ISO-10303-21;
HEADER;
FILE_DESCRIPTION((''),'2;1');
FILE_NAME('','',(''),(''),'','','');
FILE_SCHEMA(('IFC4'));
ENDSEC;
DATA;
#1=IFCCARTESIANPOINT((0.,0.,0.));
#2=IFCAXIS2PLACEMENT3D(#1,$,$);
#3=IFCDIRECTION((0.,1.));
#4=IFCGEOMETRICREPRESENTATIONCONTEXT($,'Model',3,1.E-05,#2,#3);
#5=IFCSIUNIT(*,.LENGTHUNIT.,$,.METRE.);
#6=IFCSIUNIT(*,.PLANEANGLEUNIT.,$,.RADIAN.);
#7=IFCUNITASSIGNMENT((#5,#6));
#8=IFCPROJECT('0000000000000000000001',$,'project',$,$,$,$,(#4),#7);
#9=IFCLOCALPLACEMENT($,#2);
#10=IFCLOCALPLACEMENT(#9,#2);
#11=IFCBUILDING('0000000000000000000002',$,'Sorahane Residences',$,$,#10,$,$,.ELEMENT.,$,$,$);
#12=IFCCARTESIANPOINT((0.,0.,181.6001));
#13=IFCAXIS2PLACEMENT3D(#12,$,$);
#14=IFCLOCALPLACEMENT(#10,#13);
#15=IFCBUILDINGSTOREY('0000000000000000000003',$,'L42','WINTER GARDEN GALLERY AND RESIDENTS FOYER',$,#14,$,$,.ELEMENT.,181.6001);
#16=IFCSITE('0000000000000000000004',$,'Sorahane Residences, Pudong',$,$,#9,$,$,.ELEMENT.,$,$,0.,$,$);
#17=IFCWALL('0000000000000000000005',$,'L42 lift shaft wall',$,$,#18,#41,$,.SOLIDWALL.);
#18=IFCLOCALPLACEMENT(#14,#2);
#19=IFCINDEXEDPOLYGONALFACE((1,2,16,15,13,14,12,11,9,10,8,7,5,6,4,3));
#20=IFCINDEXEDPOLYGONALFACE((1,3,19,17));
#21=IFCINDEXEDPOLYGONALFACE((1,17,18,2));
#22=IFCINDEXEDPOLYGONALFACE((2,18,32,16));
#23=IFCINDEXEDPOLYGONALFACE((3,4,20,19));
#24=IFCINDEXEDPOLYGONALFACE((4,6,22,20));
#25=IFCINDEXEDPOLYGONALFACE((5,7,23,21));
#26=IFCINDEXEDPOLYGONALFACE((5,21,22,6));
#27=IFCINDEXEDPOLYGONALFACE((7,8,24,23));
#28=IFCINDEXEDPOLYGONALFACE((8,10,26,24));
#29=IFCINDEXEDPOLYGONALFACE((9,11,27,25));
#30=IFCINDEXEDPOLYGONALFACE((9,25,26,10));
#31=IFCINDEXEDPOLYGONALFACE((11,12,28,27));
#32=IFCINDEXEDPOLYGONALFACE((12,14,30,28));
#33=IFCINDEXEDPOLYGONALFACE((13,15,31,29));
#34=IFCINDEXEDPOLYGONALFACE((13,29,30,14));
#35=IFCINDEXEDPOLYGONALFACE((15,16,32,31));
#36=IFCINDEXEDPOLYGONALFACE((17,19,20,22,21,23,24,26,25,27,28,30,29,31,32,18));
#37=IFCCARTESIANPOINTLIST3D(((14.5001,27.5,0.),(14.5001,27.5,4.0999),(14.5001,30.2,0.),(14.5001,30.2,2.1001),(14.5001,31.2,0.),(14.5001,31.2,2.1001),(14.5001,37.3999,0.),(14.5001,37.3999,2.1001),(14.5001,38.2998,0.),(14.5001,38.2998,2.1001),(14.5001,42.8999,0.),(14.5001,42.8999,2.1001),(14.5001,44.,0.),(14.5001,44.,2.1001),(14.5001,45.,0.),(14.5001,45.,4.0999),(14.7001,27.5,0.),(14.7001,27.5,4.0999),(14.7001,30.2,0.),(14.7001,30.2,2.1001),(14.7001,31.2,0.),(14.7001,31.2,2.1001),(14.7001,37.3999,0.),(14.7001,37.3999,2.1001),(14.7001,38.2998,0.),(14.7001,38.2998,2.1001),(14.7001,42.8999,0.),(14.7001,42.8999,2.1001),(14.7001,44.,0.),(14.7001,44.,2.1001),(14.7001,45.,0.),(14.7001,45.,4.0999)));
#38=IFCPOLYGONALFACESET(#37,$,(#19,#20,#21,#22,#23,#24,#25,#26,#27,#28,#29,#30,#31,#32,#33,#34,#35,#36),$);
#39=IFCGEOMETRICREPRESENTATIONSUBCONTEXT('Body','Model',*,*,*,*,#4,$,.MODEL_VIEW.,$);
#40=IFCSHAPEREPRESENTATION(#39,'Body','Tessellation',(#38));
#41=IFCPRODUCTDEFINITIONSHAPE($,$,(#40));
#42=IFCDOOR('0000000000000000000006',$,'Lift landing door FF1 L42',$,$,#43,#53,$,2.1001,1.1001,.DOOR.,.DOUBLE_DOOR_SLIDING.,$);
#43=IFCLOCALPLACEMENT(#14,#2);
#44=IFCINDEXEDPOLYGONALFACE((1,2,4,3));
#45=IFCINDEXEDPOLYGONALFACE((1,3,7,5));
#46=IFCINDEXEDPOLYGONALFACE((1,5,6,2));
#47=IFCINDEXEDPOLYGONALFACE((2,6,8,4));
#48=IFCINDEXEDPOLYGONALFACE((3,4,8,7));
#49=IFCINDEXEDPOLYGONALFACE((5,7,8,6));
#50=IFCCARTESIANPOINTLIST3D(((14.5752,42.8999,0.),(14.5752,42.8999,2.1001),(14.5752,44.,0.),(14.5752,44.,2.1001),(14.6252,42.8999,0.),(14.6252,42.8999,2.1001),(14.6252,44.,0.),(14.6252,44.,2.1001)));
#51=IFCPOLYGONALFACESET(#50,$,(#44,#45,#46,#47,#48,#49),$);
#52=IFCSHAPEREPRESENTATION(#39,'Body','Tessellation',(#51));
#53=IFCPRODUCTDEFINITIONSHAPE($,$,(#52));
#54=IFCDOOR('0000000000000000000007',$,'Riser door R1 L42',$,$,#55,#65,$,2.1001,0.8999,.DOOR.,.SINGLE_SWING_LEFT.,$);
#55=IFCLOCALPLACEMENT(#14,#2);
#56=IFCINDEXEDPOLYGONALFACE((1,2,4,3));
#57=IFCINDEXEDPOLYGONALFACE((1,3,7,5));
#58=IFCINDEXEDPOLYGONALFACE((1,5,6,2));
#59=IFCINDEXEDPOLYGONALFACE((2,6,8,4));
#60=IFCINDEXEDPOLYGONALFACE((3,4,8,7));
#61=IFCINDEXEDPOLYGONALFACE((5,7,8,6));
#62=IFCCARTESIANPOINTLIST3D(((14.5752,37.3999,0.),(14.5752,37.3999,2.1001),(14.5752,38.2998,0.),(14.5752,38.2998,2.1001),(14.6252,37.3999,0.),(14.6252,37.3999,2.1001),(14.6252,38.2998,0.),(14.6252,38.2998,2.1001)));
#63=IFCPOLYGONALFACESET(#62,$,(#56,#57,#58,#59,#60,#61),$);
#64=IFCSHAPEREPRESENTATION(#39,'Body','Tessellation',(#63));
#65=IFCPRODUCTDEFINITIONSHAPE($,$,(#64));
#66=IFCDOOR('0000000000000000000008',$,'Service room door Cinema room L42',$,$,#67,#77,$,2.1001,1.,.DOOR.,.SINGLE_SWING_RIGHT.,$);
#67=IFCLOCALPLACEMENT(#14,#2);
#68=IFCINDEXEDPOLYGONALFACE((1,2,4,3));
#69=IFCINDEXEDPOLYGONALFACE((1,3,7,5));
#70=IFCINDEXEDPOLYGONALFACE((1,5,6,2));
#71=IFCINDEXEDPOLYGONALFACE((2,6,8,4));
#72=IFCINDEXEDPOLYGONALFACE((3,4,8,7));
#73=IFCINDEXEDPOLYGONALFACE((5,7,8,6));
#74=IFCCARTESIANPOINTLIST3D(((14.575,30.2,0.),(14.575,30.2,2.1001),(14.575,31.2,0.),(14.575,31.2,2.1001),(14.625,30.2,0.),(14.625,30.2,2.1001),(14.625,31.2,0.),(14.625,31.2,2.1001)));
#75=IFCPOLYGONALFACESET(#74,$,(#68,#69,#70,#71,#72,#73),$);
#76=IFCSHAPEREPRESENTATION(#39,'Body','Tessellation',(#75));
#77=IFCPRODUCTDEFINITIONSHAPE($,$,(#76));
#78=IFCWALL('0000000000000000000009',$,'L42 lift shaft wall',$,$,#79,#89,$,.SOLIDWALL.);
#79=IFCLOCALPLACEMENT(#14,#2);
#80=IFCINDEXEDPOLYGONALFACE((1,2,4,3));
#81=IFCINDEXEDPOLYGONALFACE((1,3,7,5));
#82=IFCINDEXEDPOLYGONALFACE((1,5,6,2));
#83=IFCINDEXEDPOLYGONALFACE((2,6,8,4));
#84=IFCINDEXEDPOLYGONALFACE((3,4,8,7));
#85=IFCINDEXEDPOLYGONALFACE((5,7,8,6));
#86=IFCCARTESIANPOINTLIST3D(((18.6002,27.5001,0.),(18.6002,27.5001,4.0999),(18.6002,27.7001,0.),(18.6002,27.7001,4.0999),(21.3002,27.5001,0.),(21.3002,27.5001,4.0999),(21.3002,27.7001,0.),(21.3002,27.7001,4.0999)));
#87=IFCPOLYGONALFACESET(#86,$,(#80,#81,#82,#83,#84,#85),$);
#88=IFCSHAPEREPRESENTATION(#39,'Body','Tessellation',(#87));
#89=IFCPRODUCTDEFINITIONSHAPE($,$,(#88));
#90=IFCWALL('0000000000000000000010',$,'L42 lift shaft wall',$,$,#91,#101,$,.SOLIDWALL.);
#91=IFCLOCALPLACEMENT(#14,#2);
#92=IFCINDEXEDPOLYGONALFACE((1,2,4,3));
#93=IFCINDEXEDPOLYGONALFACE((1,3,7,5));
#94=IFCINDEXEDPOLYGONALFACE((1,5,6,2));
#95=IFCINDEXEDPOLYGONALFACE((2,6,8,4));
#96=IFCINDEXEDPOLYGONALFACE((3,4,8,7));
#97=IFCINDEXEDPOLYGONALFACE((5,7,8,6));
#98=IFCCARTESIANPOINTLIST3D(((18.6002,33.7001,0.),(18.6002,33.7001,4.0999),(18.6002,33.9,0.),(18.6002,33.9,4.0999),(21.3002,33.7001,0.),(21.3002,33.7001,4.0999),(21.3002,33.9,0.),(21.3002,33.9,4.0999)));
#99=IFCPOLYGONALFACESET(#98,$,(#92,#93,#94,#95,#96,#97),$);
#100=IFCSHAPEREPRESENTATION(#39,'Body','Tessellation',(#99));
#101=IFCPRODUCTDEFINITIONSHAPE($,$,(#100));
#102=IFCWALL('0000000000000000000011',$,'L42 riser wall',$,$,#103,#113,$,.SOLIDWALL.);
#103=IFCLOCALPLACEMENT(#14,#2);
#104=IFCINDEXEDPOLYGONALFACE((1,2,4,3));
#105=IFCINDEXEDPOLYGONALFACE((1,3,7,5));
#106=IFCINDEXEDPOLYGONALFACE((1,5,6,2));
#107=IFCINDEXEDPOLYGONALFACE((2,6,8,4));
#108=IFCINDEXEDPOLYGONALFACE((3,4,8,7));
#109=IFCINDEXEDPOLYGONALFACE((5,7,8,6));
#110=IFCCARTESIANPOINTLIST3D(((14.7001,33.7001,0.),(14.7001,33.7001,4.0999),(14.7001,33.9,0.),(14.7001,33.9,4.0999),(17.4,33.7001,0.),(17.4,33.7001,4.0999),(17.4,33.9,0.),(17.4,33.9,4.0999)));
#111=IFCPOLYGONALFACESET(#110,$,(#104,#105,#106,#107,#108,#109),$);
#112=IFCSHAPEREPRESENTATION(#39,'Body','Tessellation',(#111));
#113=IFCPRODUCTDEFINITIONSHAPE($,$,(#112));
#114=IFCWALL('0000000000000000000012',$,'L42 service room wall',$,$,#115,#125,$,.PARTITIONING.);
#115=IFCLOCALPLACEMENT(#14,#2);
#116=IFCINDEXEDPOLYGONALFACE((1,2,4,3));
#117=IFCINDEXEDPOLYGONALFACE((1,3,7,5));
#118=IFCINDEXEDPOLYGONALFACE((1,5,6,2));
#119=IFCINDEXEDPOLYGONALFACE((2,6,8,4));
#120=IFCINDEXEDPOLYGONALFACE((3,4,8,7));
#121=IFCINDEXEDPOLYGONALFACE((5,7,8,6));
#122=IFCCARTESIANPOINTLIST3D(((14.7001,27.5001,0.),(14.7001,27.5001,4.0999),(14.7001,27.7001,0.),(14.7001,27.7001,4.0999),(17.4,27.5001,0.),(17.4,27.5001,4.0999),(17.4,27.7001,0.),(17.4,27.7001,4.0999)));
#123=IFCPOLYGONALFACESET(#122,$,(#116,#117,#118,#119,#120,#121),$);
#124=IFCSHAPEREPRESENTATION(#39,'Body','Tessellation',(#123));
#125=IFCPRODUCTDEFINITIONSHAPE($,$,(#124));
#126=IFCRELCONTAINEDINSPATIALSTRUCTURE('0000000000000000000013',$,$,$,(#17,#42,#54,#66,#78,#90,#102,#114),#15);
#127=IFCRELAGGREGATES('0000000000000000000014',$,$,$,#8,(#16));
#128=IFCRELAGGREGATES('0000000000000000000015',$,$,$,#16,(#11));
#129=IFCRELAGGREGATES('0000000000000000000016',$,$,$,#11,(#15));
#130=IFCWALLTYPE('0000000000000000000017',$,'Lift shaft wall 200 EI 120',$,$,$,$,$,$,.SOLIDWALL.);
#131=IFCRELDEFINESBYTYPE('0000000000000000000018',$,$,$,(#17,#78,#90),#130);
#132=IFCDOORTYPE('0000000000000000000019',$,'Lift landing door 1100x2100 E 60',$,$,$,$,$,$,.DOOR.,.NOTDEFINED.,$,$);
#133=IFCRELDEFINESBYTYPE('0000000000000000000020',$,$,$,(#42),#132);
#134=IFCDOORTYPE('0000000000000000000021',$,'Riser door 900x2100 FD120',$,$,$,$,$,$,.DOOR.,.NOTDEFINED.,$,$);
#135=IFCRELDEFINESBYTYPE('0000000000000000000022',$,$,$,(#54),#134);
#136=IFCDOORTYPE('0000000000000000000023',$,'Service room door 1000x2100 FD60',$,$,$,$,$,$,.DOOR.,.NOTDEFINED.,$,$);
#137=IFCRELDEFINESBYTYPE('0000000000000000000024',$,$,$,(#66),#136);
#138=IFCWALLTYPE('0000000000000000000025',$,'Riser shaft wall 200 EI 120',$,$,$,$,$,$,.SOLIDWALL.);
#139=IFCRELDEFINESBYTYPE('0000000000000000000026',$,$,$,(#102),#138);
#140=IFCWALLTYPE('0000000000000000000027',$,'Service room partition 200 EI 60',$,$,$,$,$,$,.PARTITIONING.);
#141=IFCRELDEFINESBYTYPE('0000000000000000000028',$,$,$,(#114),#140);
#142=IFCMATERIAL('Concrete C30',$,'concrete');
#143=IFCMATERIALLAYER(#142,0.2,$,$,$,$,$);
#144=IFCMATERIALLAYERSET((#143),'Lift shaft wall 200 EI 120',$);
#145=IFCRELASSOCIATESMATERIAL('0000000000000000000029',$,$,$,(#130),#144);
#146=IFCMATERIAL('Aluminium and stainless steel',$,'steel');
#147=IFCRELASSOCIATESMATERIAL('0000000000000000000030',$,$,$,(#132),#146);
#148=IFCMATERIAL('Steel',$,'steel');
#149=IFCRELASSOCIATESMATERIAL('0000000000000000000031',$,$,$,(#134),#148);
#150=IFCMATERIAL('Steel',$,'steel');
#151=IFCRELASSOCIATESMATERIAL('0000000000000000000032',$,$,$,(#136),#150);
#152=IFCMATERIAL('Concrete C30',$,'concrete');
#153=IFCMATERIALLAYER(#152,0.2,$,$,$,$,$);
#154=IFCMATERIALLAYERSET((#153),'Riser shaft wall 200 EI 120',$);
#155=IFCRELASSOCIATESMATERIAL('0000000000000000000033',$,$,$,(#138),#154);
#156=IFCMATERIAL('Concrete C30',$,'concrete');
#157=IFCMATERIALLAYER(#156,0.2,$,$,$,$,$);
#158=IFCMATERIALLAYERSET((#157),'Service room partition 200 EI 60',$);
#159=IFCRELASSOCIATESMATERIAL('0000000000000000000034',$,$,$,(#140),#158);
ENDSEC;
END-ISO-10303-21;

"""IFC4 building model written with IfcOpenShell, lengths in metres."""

from ifc_helpers import new_model, si_unit, direction, frame, frame_2d, origin, place, context, subcontext, project, spatial, rectangle, extrude, material, layer, layer_set, type_object, element, fill, save


model = new_model("IFC4")

# Units and contexts
model_context = context("Model", 3, precision=1e-05, world=origin(), true_north=direction((0.0, 1.0)))
body_context = subcontext(model_context, "Body", "Model", "MODEL_VIEW")
ifc_project = project(units=[si_unit("LENGTHUNIT", "METRE"), si_unit("PLANEANGLEUNIT", "RADIAN")], contexts=[model_context])

# Site, building, storey
site_placement = place(None, origin())
site = spatial("IfcSite", under=ifc_project, at=site_placement, Name="Sorahane Residences, Pudong", CompositionType="ELEMENT", RefElevation=0.0)
building_placement = place(site_placement, origin())
building = spatial("IfcBuilding", under=site, at=building_placement, Name="Sorahane Residences", CompositionType="ELEMENT")
storey_placement = place(building_placement, frame((0.0, 0.0, 181.6001)))
storey = spatial("IfcBuildingStorey", under=building, at=storey_placement, Name="L42", Description="WINTER GARDEN GALLERY AND RESIDENTS FOYER", CompositionType="ELEMENT", Elevation=181.6001)

# Wall, openings, doors
ifc_material_1 = material(Name="Concrete C30", Category="concrete")
ifc_layer_1 = layer(ifc_material_1, 0.2)
ifc_layer_set_1 = layer_set([ifc_layer_1], Name="Lift shaft wall 200 EI 120")
wall_type_1 = type_object("IfcWallType", Name="Lift shaft wall 200 EI 120", PredefinedType="SOLIDWALL", material=ifc_layer_set_1)
wall_1_placement = place(storey_placement, frame((14.6001, 27.5, 0.0), z_axis=(0.0, 0.0, 1.0), x_axis=(0.0, 1.0, 0.0)))
wall_1 = element("IfcWall", 1, at=wall_1_placement, inside=storey, type_object=wall_type_1, Name="L42 lift shaft wall", PredefinedType="SOLIDWALL", context=body_context, shape_type="SweptSolid", body=[
    extrude(rectangle(XDim=17.5, YDim=0.2, at=frame_2d((8.75, 0.0))), origin(), (0.0, 0.0, 1.0), 4.0999),
])
opening_1_placement = place(wall_1_placement, frame((15.3999, 0.0, 0.0)))
opening_1 = element("IfcOpeningElement", 2, at=opening_1_placement, cuts=wall_1, PredefinedType="OPENING", context=body_context, shape_type="SweptSolid", body=[
    extrude(rectangle(XDim=1.1001, YDim=2.1001, at=frame_2d((0.55, 1.05))), frame((0.0, 0.1099, 0.0), z_axis=(0.0, -1.0, 0.0), x_axis=(1.0, 0.0, 0.0)), (0.0, 0.0, 1.0), 0.22),
])
opening_2_placement = place(wall_1_placement, frame((2.7, 0.0, 0.0)))
opening_2 = element("IfcOpeningElement", 3, at=opening_2_placement, cuts=wall_1, PredefinedType="OPENING", context=body_context, shape_type="SweptSolid", body=[
    extrude(rectangle(XDim=1.0, YDim=2.1001, at=frame_2d((0.5, 1.05))), frame((0.0, 0.1099, 0.0), z_axis=(0.0, -1.0, 0.0), x_axis=(1.0, 0.0, 0.0)), (0.0, 0.0, 1.0), 0.22),
])
opening_3_placement = place(wall_1_placement, frame((9.8999, 0.0, 0.0)))
opening_3 = element("IfcOpeningElement", 4, at=opening_3_placement, cuts=wall_1, PredefinedType="OPENING", context=body_context, shape_type="SweptSolid", body=[
    extrude(rectangle(XDim=0.8999, YDim=2.1001, at=frame_2d((0.45, 1.05))), frame((0.0, 0.1099, 0.0), z_axis=(0.0, -1.0, 0.0), x_axis=(1.0, 0.0, 0.0)), (0.0, 0.0, 1.0), 0.22),
])
ifc_material_2 = material(Name="Aluminium and stainless steel", Category="steel")
door_type_1 = type_object("IfcDoorType", Name="Lift landing door 1100x2100 E 60", OperationType="NOTDEFINED", PredefinedType="DOOR", material=ifc_material_2)
door_1_placement = place(opening_1_placement, origin())
door_1 = element("IfcDoor", 5, at=door_1_placement, inside=storey, type_object=door_type_1, Name="Lift landing door FF1 L42", OperationType="DOUBLE_DOOR_SLIDING", OverallHeight=2.1001, OverallWidth=1.1001, PredefinedType="DOOR", context=body_context, shape_type="SweptSolid", body=[
    extrude(rectangle(XDim=1.1001, YDim=2.1001, at=frame_2d((0.55, 1.05))), frame((0.0, 0.0249, 0.0), z_axis=(0.0, -1.0, 0.0), x_axis=(1.0, 0.0, 0.0)), (0.0, 0.0, 1.0), 0.05),
])
fill(opening_1, door_1)
ifc_material_3 = material(Name="Steel", Category="steel")
door_type_2 = type_object("IfcDoorType", Name="Riser door 900x2100 FD120", OperationType="NOTDEFINED", PredefinedType="DOOR", material=ifc_material_3)
door_2_placement = place(opening_3_placement, origin())
door_2 = element("IfcDoor", 6, at=door_2_placement, inside=storey, type_object=door_type_2, Name="Riser door R1 L42", OperationType="SINGLE_SWING_LEFT", OverallHeight=2.1001, OverallWidth=0.8999, PredefinedType="DOOR", context=body_context, shape_type="SweptSolid", body=[
    extrude(rectangle(XDim=0.8999, YDim=2.1001, at=frame_2d((0.45, 1.05))), frame((0.0, 0.0249, 0.0), z_axis=(0.0, -1.0, 0.0), x_axis=(1.0, 0.0, 0.0)), (0.0, 0.0, 1.0), 0.05),
])
fill(opening_3, door_2)
ifc_material_4 = material(Name="Steel", Category="steel")
door_type_3 = type_object("IfcDoorType", Name="Service room door 1000x2100 FD60", OperationType="NOTDEFINED", PredefinedType="DOOR", material=ifc_material_4)
door_3_placement = place(opening_2_placement, frame((1.0, 0.0, 0.0), z_axis=(0.0, 0.0, 1.0), x_axis=(-1.0, 0.0, 0.0)))
door_3 = element("IfcDoor", 7, at=door_3_placement, inside=storey, type_object=door_type_3, Name="Service room door Cinema room L42", OperationType="SINGLE_SWING_RIGHT", OverallHeight=2.1001, OverallWidth=1.0, PredefinedType="DOOR", context=body_context, shape_type="SweptSolid", body=[
    extrude(rectangle(XDim=1.0, YDim=2.1001, at=frame_2d((0.5, 1.05))), frame((0.0, 0.0249, 0.0), z_axis=(0.0, -1.0, 0.0), x_axis=(1.0, 0.0, 0.0)), (0.0, 0.0, 1.0), 0.05),
])
fill(opening_2, door_3)

# Walls
for number, where, z_axis, x_axis, name in (
    (8, (18.6001, 27.6001, 0.0), (0.0, 0.0, 1.0), (1.0, 0.0, 0.0), "L42 lift shaft wall"),
    (9, (18.6001, 33.8, 0.0), (0.0, 0.0, 1.0), (1.0, 0.0, 0.0), "L42 lift shaft wall"),
):
    element("IfcWall", number, at=place(storey_placement, frame(where, z_axis=z_axis, x_axis=x_axis)), inside=storey, type_object=wall_type_1, Name=name, PredefinedType="SOLIDWALL", context=body_context, shape_type="SweptSolid", body=[
        extrude(rectangle(XDim=2.7, YDim=0.2, at=frame_2d((1.3501, 0.0))), origin(), (0.0, 0.0, 1.0), 4.0999),
    ])
ifc_material_5 = material(Name="Concrete C30", Category="concrete")
ifc_layer_2 = layer(ifc_material_5, 0.2)
ifc_layer_set_2 = layer_set([ifc_layer_2], Name="Riser shaft wall 200 EI 120")
wall_type_2 = type_object("IfcWallType", Name="Riser shaft wall 200 EI 120", PredefinedType="SOLIDWALL", material=ifc_layer_set_2)
wall_2_placement = place(storey_placement, frame((14.7, 33.8, 0.0), z_axis=(0.0, 0.0, 1.0), x_axis=(1.0, 0.0, 0.0)))
element("IfcWall", 10, at=wall_2_placement, inside=storey, type_object=wall_type_2, Name="L42 riser wall", PredefinedType="SOLIDWALL", context=body_context, shape_type="SweptSolid", body=[
    extrude(rectangle(XDim=2.7, YDim=0.2, at=frame_2d((1.3501, 0.0))), origin(), (0.0, 0.0, 1.0), 4.0999),
])
ifc_material_6 = material(Name="Concrete C30", Category="concrete")
ifc_layer_3 = layer(ifc_material_6, 0.2)
ifc_layer_set_3 = layer_set([ifc_layer_3], Name="Service room partition 200 EI 60")
wall_type_3 = type_object("IfcWallType", Name="Service room partition 200 EI 60", PredefinedType="PARTITIONING", material=ifc_layer_set_3)
wall_3_placement = place(storey_placement, frame((14.7, 27.6001, 0.0), z_axis=(0.0, 0.0, 1.0), x_axis=(1.0, 0.0, 0.0)))
element("IfcWall", 11, at=wall_3_placement, inside=storey, type_object=wall_type_3, Name="L42 service room wall", PredefinedType="PARTITIONING", context=body_context, shape_type="SweptSolid", body=[
    extrude(rectangle(XDim=2.7, YDim=0.2, at=frame_2d((1.3501, 0.0))), origin(), (0.0, 0.0, 1.0), 4.0999),
])

save(model, "model.ifc")
